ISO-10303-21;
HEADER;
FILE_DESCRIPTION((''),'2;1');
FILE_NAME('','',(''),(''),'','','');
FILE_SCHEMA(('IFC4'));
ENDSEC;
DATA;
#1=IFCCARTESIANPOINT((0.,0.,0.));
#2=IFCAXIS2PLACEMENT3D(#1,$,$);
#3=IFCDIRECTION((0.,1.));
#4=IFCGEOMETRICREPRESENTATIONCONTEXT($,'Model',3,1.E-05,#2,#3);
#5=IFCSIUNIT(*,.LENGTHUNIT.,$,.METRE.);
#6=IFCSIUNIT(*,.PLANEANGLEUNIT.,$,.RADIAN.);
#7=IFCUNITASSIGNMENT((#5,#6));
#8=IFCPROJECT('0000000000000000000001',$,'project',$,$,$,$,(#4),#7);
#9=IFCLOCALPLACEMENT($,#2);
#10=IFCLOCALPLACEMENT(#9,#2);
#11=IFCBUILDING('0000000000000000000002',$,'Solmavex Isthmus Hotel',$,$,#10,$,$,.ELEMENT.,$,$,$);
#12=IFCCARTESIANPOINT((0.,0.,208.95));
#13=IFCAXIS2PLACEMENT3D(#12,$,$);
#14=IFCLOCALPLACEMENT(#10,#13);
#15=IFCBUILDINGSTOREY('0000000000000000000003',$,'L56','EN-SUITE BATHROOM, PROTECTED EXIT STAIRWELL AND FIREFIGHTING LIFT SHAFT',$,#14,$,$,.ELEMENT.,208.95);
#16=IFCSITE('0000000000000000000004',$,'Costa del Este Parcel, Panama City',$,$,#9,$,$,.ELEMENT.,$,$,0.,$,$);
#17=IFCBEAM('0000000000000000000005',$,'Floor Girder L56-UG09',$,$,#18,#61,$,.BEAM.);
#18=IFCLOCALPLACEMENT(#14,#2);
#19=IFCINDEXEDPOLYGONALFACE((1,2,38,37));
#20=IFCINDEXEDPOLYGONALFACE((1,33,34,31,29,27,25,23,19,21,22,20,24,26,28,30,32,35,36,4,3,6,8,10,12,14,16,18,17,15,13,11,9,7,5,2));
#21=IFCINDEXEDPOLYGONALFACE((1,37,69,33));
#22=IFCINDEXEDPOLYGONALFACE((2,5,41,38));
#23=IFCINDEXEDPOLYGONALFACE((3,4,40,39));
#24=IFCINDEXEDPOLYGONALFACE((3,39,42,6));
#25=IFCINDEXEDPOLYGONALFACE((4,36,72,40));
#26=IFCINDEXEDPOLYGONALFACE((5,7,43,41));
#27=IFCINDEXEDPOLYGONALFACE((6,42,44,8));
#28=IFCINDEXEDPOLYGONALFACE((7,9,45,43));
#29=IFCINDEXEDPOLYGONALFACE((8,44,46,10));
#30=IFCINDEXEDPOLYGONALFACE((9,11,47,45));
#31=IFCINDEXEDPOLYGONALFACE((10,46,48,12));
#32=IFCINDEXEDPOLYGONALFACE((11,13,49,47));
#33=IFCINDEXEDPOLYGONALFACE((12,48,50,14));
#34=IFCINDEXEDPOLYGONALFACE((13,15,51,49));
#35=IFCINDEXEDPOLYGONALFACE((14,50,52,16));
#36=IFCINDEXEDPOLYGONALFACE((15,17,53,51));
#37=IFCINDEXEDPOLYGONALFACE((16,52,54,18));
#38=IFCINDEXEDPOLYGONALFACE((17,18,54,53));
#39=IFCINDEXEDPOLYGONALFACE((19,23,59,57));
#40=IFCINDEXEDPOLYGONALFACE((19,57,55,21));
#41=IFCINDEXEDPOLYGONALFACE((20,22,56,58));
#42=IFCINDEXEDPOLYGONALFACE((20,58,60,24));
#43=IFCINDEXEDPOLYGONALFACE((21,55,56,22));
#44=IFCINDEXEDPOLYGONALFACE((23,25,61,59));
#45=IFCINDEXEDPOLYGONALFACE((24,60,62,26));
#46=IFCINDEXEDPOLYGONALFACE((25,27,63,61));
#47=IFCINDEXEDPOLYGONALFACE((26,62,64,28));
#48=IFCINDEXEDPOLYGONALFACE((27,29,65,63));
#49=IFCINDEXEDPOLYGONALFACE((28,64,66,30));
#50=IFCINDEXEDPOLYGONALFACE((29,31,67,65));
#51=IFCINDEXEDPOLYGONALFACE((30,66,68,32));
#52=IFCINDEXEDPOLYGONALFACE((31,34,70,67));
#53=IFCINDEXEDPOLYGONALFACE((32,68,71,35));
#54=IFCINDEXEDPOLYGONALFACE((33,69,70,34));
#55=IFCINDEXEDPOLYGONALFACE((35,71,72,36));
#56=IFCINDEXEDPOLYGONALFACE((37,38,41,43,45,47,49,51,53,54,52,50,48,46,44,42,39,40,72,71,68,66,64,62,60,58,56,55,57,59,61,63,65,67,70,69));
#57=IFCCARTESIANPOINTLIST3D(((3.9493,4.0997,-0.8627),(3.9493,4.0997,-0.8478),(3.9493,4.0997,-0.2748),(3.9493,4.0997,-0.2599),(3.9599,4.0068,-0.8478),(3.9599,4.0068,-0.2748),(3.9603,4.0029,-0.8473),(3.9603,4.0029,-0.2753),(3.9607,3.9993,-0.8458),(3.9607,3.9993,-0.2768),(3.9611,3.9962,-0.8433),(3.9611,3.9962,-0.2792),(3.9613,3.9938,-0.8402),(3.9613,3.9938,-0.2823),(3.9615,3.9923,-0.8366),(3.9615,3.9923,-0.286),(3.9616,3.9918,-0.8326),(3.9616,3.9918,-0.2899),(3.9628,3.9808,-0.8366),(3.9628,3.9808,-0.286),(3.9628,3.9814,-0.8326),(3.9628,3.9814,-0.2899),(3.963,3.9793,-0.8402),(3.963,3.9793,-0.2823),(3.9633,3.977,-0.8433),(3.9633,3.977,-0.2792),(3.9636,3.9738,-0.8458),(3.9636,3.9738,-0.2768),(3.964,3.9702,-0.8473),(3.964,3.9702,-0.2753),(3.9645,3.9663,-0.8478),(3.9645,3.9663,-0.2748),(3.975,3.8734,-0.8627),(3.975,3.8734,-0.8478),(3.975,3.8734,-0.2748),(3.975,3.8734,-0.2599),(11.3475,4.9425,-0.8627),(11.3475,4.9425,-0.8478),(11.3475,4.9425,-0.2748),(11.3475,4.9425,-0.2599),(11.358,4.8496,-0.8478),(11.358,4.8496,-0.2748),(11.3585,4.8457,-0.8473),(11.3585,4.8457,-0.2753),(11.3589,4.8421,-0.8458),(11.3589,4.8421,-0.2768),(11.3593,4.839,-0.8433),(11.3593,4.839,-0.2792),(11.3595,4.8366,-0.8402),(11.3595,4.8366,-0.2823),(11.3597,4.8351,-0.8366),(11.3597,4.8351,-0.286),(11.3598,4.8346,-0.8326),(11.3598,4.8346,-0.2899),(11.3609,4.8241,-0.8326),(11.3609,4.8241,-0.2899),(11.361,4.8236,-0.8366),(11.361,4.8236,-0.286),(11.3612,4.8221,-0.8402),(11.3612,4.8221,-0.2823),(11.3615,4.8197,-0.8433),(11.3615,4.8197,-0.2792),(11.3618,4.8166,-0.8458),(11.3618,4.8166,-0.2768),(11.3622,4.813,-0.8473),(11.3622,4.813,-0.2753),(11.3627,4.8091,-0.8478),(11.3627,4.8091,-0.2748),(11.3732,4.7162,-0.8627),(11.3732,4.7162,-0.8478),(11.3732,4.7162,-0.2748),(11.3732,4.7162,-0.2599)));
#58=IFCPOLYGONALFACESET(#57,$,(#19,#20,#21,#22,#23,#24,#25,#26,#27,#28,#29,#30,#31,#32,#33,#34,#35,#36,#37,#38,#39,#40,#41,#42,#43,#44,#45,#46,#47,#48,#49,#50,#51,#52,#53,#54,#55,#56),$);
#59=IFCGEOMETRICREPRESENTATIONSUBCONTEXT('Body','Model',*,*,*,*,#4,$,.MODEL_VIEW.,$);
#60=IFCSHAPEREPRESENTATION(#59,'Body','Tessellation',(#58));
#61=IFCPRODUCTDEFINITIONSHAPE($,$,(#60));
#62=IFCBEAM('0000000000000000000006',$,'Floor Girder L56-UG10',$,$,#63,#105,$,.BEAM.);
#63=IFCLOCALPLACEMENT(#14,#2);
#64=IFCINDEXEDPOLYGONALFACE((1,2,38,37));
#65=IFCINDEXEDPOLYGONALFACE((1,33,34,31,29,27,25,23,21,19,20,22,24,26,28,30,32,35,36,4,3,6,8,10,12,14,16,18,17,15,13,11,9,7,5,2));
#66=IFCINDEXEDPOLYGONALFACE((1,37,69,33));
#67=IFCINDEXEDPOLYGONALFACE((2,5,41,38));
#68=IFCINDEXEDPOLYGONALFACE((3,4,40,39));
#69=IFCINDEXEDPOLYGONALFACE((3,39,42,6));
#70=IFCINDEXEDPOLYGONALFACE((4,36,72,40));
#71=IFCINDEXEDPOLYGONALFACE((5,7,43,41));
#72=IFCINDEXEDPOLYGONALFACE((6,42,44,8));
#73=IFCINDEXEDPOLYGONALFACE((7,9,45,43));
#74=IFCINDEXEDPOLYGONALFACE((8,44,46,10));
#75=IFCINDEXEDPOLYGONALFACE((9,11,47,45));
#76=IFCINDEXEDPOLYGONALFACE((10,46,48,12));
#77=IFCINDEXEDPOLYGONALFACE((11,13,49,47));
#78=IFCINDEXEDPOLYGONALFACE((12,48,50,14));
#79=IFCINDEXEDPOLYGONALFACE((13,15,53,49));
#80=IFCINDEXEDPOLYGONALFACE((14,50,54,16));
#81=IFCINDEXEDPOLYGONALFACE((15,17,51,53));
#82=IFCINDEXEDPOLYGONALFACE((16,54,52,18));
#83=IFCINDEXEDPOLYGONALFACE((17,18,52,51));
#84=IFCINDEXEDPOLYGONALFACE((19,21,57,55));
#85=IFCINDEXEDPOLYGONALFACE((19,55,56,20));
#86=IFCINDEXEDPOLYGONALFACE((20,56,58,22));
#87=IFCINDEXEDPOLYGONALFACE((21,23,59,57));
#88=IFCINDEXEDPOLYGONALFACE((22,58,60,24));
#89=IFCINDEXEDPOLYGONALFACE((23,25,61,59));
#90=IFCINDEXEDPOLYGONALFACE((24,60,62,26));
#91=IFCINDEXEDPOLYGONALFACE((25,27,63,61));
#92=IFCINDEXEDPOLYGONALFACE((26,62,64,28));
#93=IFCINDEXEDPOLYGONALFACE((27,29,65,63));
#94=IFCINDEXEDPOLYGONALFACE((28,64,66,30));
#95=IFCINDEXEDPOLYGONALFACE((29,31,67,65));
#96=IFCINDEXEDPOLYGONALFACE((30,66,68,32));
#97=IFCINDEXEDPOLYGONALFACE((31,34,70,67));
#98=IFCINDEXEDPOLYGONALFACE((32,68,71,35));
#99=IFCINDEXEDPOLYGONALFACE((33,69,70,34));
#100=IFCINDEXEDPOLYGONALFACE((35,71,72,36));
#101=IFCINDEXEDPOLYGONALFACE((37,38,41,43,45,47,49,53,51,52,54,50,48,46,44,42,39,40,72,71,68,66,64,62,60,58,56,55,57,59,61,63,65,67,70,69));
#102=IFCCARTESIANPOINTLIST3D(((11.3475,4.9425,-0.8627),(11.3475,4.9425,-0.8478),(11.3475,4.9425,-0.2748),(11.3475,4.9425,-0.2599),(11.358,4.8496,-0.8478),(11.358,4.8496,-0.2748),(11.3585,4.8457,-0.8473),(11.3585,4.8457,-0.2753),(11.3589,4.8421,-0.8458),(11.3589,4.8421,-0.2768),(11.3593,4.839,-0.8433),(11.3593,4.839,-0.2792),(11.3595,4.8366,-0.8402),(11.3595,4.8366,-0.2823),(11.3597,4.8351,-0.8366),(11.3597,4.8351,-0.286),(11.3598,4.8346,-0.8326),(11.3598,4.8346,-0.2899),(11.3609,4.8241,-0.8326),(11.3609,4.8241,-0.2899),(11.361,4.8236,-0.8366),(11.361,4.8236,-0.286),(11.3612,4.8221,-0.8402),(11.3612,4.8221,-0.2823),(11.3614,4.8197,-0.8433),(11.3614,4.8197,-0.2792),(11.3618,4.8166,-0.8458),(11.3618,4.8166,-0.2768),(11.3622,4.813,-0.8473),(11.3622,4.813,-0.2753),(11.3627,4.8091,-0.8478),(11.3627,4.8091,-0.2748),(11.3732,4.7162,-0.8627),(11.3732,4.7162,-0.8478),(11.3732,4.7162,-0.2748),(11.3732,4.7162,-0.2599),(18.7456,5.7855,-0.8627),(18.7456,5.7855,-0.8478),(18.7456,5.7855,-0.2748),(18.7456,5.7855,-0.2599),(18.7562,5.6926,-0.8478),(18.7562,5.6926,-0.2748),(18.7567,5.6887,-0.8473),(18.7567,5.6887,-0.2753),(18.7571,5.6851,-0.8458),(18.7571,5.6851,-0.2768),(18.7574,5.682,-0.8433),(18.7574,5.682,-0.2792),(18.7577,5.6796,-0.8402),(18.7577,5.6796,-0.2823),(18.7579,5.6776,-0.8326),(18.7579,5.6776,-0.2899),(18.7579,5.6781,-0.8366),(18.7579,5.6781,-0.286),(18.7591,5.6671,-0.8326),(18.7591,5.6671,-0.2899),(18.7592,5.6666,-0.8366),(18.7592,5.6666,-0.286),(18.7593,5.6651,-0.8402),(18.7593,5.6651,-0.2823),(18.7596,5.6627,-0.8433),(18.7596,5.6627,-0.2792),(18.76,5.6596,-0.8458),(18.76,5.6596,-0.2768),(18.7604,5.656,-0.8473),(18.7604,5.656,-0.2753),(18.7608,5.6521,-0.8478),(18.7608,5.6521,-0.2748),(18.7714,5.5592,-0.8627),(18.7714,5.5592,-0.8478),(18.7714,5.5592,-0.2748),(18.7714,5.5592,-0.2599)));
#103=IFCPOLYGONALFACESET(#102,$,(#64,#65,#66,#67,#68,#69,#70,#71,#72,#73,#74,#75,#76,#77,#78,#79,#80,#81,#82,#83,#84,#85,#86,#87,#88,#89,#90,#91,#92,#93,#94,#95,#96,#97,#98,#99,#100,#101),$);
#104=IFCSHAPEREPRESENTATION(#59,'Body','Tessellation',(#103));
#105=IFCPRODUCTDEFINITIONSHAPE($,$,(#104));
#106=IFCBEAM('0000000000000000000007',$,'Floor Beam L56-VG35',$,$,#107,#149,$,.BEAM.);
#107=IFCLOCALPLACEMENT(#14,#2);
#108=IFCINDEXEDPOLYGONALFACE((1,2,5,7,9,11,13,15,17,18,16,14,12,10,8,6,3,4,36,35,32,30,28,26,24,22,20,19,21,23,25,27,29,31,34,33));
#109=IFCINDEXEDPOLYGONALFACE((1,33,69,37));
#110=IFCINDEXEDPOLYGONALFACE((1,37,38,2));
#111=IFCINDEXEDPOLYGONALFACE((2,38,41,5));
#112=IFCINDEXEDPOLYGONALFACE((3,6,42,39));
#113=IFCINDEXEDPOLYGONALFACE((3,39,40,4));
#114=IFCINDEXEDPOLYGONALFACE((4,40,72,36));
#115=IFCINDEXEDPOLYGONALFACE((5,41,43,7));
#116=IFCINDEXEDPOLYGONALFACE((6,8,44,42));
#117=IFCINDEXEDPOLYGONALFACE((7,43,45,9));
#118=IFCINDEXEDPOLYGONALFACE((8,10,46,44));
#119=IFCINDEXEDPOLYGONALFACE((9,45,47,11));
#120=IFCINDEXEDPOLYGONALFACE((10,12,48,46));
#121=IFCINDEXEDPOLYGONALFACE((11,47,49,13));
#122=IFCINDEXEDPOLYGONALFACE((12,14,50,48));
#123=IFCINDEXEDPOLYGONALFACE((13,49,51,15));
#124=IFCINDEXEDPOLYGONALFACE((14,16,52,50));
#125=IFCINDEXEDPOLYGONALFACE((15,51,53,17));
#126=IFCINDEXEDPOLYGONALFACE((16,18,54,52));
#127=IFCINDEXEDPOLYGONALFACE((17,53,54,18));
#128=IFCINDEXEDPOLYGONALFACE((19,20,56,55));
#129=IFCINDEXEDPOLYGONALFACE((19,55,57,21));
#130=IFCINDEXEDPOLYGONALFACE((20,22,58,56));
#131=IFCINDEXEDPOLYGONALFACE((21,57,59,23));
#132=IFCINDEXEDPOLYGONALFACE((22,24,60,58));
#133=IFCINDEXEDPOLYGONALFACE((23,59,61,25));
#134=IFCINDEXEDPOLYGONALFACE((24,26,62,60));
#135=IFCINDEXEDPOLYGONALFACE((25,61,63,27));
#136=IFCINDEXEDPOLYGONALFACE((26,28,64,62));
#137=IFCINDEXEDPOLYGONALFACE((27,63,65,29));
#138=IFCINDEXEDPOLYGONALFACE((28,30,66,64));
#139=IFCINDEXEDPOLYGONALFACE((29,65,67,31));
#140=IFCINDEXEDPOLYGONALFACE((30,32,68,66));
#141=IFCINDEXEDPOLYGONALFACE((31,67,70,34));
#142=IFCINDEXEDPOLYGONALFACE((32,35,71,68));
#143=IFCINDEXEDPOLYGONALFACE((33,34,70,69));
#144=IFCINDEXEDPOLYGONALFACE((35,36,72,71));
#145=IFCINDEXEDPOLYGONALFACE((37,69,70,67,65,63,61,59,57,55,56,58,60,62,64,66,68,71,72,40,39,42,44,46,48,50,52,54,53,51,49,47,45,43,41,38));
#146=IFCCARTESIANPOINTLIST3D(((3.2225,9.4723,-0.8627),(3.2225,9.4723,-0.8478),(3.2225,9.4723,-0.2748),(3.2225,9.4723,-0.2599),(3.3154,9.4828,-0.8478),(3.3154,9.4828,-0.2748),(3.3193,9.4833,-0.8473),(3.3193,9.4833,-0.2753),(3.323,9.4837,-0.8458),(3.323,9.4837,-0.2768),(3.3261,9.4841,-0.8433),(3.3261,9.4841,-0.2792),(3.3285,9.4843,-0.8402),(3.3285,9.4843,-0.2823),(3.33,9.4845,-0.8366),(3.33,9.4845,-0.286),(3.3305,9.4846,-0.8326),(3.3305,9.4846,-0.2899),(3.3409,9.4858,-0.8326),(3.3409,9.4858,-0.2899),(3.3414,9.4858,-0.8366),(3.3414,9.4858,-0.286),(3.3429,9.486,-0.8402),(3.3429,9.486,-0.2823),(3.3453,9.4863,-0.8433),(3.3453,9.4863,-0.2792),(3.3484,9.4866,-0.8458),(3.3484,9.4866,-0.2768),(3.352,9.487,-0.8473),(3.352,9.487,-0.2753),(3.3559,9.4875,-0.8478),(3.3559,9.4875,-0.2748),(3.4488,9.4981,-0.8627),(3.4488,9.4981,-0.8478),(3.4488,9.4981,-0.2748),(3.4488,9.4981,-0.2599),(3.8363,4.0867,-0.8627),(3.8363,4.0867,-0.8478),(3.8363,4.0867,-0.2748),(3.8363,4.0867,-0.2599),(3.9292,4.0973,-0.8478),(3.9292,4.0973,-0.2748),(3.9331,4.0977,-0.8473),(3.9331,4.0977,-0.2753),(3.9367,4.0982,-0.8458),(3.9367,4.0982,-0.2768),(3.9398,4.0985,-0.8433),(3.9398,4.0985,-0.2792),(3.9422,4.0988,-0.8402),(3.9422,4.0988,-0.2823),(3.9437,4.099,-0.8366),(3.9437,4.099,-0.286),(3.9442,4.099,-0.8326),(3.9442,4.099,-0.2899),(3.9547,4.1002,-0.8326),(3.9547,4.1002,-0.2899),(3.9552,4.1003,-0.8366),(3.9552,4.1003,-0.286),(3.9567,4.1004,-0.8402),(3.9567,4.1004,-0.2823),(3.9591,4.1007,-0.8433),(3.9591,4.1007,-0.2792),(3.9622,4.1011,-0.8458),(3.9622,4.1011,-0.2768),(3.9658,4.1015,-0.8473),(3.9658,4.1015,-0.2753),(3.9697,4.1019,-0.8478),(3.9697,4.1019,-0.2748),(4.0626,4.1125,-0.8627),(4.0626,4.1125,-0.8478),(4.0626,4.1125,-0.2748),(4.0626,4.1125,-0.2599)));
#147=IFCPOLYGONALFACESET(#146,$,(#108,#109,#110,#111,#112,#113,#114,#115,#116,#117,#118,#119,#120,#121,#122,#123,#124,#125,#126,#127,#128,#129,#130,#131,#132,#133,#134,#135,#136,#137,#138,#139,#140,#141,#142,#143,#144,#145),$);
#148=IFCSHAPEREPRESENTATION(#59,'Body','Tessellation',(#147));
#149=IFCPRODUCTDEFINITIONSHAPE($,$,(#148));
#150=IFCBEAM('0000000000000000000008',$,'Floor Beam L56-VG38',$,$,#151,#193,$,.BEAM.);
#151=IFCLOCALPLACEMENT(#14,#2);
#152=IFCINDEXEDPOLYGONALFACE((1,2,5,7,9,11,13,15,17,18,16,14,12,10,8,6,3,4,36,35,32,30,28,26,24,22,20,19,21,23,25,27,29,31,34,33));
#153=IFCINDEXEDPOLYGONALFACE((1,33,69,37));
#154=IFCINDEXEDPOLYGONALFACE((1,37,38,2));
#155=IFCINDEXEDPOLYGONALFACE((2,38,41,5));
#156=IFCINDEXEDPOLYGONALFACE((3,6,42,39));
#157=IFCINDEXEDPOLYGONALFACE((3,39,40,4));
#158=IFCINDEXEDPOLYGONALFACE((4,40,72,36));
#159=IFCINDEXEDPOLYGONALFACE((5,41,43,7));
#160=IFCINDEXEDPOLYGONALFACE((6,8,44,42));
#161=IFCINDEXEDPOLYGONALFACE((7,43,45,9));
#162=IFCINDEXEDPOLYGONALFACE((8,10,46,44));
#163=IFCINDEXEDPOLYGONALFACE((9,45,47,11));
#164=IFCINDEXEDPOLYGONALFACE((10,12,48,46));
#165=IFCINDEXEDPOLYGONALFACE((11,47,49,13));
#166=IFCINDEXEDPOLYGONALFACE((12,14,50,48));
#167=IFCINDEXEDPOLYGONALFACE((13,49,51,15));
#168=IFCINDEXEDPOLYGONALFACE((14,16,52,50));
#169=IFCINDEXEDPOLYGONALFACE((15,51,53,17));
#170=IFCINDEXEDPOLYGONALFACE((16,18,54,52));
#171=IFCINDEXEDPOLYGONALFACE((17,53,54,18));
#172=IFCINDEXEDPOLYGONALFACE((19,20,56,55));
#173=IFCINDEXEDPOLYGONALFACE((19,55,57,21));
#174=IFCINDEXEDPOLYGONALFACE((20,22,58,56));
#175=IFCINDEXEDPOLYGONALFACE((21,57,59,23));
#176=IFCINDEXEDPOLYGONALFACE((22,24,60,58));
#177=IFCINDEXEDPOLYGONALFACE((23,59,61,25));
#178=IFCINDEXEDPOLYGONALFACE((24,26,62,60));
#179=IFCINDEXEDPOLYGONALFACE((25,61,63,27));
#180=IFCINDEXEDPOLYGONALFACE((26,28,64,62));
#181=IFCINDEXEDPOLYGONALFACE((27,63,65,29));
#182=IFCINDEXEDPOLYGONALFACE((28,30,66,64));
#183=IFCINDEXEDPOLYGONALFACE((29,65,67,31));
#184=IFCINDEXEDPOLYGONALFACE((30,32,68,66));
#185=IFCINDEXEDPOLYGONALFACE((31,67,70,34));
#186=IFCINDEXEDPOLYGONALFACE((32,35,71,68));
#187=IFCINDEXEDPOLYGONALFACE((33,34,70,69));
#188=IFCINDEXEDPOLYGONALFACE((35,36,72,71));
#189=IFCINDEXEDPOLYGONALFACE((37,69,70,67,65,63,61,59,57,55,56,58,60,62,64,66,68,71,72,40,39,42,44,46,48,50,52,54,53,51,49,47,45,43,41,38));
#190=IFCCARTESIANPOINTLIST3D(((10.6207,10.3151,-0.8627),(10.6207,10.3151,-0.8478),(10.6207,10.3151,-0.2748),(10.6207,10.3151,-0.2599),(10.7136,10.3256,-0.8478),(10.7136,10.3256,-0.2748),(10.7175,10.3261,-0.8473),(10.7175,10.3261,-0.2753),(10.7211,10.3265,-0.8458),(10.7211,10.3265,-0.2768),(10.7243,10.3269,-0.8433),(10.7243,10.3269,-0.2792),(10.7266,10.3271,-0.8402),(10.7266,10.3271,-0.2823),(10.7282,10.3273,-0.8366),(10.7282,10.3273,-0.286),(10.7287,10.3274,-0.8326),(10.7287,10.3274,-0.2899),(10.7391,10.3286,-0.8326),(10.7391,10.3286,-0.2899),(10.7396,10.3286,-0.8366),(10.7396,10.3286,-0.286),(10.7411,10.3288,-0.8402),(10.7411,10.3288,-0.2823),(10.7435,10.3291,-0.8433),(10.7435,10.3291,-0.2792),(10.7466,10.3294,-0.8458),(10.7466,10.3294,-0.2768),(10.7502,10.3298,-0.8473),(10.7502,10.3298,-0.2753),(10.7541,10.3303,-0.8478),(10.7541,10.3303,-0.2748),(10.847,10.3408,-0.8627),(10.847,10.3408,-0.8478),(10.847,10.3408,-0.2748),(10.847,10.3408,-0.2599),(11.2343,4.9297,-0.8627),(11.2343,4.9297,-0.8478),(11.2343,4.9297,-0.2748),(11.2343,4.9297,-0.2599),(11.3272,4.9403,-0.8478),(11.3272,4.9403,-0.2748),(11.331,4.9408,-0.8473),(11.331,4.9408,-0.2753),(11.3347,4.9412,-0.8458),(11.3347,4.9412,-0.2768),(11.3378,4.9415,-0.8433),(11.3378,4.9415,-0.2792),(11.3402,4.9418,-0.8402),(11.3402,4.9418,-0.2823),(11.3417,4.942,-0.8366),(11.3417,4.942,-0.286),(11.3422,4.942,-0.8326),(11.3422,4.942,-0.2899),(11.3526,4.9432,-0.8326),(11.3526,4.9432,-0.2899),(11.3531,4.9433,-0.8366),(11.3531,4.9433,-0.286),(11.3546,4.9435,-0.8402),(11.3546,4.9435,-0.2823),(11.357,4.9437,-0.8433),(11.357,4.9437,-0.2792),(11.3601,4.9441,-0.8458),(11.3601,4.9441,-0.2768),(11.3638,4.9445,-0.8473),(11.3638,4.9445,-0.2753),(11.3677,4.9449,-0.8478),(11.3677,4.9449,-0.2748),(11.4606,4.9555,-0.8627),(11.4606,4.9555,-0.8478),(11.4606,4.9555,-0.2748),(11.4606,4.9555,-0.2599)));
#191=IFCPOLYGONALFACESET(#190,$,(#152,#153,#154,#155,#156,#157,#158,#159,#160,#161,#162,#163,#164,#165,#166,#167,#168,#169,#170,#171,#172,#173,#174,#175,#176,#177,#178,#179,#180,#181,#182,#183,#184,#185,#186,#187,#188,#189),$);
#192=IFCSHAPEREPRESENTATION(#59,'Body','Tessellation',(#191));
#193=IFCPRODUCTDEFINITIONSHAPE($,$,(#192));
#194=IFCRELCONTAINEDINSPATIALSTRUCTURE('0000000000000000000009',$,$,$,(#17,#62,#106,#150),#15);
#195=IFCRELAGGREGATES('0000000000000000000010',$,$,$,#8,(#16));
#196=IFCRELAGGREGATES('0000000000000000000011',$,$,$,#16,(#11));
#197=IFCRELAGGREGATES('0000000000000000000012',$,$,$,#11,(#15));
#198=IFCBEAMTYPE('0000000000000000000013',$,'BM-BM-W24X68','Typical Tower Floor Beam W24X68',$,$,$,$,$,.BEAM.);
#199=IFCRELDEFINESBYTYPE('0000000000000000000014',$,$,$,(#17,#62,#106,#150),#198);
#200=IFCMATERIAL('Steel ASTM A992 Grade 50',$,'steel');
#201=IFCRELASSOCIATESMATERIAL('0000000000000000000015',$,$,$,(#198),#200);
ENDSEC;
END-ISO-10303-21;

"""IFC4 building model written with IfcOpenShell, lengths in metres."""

from ifc_helpers import new_model, si_unit, direction, frame, origin, origin_2d, place, context, subcontext, project, spatial, i_section, extrude, material, material_profile, profile_set, type_object, element, save


model = new_model("IFC4")

# Units and contexts
model_context = context("Model", 3, precision=1e-05, world=origin(), true_north=direction((0.0, 1.0)))
body_context = subcontext(model_context, "Body", "Model", "MODEL_VIEW")
ifc_project = project(units=[si_unit("LENGTHUNIT", "METRE"), si_unit("PLANEANGLEUNIT", "RADIAN")], contexts=[model_context])

# Site, building, storey
site_placement = place(None, origin())
site = spatial("IfcSite", under=ifc_project, at=site_placement, Name="Costa del Este Parcel, Panama City", CompositionType="ELEMENT", RefElevation=0.0)
building_placement = place(site_placement, origin())
building = spatial("IfcBuilding", under=site, at=building_placement, Name="Solmavex Isthmus Hotel", CompositionType="ELEMENT")
storey_placement = place(building_placement, frame((0.0, 0.0, 208.95)))
storey = spatial("IfcBuildingStorey", under=building, at=storey_placement, Name="L56", Description="EN-SUITE BATHROOM, PROTECTED EXIT STAIRWELL AND FIREFIGHTING LIFT SHAFT", CompositionType="ELEMENT", Elevation=208.95)

# Beams
ifc_material_1 = material(Name="Steel ASTM A992 Grade 50", Category="steel")
ifc_material_profile_1 = material_profile(ifc_material_1, i_section(OverallWidth=0.2278, OverallDepth=0.6028, WebThickness=0.0105, FlangeThickness=0.0149, FilletRadius=0.0151, at=origin_2d()), Name="W24X68")
ifc_profile_set_1 = profile_set([ifc_material_profile_1], Name="Steel ASTM A992 Grade 50")
beam_type_1 = type_object("IfcBeamType", Name="BM-BM-W24X68", Description="Typical Tower Floor Beam W24X68", PredefinedType="BEAM", material=ifc_profile_set_1)
for number, where, z_axis, x_axis, name in (
    (1, (3.9622, 3.9866, -0.5613), (0.993574, 0.113184, 0.0), (-0.113184, 0.993574, 0.0), "Floor Girder L56-UG09"),
    (2, (11.3604, 4.8293, -0.5613), (0.99357, 0.113216, 0.0), (-0.113216, 0.99357, 0.0), "Floor Girder L56-UG10"),
):
    element("IfcBeam", number, at=place(storey_placement, frame(where, z_axis=z_axis, x_axis=x_axis)), inside=storey, type_object=beam_type_1, Name=name, PredefinedType="BEAM", context=body_context, shape_type="SweptSolid", body=[
        extrude(i_section(OverallWidth=0.2278, OverallDepth=0.6028, WebThickness=0.0105, FlangeThickness=0.0149, FilletRadius=0.0151, at=origin_2d()), origin(), (0.0, 0.0, 1.0), 7.446),
    ])
beam_1_placement = place(storey_placement, frame((3.9495, 4.0996, -0.5613), z_axis=(-0.113234, 0.993568, 0.0), x_axis=(-0.993568, -0.113234, 0.0)))
element("IfcBeam", 3, at=beam_1_placement, inside=storey, type_object=beam_type_1, Name="Floor Beam L56-VG35", PredefinedType="BEAM", context=body_context, shape_type="SweptSolid", body=[
    extrude(i_section(OverallWidth=0.2278, OverallDepth=0.6028, WebThickness=0.0105, FlangeThickness=0.0149, FilletRadius=0.0151, at=origin_2d()), origin(), (0.0, 0.0, 1.0), 5.4204),
])
beam_2_placement = place(storey_placement, frame((11.3474, 4.9426, -0.5613), z_axis=(-0.113195, 0.993573, 0.0), x_axis=(-0.993573, -0.113195, 0.0)))
element("IfcBeam", 4, at=beam_2_placement, inside=storey, type_object=beam_type_1, Name="Floor Beam L56-VG38", PredefinedType="BEAM", context=body_context, shape_type="SweptSolid", body=[
    extrude(i_section(OverallWidth=0.2278, OverallDepth=0.6028, WebThickness=0.0105, FlangeThickness=0.0149, FilletRadius=0.0151, at=origin_2d()), origin(), (0.0, 0.0, 1.0), 5.4202),
])

save(model, "model.ifc")
